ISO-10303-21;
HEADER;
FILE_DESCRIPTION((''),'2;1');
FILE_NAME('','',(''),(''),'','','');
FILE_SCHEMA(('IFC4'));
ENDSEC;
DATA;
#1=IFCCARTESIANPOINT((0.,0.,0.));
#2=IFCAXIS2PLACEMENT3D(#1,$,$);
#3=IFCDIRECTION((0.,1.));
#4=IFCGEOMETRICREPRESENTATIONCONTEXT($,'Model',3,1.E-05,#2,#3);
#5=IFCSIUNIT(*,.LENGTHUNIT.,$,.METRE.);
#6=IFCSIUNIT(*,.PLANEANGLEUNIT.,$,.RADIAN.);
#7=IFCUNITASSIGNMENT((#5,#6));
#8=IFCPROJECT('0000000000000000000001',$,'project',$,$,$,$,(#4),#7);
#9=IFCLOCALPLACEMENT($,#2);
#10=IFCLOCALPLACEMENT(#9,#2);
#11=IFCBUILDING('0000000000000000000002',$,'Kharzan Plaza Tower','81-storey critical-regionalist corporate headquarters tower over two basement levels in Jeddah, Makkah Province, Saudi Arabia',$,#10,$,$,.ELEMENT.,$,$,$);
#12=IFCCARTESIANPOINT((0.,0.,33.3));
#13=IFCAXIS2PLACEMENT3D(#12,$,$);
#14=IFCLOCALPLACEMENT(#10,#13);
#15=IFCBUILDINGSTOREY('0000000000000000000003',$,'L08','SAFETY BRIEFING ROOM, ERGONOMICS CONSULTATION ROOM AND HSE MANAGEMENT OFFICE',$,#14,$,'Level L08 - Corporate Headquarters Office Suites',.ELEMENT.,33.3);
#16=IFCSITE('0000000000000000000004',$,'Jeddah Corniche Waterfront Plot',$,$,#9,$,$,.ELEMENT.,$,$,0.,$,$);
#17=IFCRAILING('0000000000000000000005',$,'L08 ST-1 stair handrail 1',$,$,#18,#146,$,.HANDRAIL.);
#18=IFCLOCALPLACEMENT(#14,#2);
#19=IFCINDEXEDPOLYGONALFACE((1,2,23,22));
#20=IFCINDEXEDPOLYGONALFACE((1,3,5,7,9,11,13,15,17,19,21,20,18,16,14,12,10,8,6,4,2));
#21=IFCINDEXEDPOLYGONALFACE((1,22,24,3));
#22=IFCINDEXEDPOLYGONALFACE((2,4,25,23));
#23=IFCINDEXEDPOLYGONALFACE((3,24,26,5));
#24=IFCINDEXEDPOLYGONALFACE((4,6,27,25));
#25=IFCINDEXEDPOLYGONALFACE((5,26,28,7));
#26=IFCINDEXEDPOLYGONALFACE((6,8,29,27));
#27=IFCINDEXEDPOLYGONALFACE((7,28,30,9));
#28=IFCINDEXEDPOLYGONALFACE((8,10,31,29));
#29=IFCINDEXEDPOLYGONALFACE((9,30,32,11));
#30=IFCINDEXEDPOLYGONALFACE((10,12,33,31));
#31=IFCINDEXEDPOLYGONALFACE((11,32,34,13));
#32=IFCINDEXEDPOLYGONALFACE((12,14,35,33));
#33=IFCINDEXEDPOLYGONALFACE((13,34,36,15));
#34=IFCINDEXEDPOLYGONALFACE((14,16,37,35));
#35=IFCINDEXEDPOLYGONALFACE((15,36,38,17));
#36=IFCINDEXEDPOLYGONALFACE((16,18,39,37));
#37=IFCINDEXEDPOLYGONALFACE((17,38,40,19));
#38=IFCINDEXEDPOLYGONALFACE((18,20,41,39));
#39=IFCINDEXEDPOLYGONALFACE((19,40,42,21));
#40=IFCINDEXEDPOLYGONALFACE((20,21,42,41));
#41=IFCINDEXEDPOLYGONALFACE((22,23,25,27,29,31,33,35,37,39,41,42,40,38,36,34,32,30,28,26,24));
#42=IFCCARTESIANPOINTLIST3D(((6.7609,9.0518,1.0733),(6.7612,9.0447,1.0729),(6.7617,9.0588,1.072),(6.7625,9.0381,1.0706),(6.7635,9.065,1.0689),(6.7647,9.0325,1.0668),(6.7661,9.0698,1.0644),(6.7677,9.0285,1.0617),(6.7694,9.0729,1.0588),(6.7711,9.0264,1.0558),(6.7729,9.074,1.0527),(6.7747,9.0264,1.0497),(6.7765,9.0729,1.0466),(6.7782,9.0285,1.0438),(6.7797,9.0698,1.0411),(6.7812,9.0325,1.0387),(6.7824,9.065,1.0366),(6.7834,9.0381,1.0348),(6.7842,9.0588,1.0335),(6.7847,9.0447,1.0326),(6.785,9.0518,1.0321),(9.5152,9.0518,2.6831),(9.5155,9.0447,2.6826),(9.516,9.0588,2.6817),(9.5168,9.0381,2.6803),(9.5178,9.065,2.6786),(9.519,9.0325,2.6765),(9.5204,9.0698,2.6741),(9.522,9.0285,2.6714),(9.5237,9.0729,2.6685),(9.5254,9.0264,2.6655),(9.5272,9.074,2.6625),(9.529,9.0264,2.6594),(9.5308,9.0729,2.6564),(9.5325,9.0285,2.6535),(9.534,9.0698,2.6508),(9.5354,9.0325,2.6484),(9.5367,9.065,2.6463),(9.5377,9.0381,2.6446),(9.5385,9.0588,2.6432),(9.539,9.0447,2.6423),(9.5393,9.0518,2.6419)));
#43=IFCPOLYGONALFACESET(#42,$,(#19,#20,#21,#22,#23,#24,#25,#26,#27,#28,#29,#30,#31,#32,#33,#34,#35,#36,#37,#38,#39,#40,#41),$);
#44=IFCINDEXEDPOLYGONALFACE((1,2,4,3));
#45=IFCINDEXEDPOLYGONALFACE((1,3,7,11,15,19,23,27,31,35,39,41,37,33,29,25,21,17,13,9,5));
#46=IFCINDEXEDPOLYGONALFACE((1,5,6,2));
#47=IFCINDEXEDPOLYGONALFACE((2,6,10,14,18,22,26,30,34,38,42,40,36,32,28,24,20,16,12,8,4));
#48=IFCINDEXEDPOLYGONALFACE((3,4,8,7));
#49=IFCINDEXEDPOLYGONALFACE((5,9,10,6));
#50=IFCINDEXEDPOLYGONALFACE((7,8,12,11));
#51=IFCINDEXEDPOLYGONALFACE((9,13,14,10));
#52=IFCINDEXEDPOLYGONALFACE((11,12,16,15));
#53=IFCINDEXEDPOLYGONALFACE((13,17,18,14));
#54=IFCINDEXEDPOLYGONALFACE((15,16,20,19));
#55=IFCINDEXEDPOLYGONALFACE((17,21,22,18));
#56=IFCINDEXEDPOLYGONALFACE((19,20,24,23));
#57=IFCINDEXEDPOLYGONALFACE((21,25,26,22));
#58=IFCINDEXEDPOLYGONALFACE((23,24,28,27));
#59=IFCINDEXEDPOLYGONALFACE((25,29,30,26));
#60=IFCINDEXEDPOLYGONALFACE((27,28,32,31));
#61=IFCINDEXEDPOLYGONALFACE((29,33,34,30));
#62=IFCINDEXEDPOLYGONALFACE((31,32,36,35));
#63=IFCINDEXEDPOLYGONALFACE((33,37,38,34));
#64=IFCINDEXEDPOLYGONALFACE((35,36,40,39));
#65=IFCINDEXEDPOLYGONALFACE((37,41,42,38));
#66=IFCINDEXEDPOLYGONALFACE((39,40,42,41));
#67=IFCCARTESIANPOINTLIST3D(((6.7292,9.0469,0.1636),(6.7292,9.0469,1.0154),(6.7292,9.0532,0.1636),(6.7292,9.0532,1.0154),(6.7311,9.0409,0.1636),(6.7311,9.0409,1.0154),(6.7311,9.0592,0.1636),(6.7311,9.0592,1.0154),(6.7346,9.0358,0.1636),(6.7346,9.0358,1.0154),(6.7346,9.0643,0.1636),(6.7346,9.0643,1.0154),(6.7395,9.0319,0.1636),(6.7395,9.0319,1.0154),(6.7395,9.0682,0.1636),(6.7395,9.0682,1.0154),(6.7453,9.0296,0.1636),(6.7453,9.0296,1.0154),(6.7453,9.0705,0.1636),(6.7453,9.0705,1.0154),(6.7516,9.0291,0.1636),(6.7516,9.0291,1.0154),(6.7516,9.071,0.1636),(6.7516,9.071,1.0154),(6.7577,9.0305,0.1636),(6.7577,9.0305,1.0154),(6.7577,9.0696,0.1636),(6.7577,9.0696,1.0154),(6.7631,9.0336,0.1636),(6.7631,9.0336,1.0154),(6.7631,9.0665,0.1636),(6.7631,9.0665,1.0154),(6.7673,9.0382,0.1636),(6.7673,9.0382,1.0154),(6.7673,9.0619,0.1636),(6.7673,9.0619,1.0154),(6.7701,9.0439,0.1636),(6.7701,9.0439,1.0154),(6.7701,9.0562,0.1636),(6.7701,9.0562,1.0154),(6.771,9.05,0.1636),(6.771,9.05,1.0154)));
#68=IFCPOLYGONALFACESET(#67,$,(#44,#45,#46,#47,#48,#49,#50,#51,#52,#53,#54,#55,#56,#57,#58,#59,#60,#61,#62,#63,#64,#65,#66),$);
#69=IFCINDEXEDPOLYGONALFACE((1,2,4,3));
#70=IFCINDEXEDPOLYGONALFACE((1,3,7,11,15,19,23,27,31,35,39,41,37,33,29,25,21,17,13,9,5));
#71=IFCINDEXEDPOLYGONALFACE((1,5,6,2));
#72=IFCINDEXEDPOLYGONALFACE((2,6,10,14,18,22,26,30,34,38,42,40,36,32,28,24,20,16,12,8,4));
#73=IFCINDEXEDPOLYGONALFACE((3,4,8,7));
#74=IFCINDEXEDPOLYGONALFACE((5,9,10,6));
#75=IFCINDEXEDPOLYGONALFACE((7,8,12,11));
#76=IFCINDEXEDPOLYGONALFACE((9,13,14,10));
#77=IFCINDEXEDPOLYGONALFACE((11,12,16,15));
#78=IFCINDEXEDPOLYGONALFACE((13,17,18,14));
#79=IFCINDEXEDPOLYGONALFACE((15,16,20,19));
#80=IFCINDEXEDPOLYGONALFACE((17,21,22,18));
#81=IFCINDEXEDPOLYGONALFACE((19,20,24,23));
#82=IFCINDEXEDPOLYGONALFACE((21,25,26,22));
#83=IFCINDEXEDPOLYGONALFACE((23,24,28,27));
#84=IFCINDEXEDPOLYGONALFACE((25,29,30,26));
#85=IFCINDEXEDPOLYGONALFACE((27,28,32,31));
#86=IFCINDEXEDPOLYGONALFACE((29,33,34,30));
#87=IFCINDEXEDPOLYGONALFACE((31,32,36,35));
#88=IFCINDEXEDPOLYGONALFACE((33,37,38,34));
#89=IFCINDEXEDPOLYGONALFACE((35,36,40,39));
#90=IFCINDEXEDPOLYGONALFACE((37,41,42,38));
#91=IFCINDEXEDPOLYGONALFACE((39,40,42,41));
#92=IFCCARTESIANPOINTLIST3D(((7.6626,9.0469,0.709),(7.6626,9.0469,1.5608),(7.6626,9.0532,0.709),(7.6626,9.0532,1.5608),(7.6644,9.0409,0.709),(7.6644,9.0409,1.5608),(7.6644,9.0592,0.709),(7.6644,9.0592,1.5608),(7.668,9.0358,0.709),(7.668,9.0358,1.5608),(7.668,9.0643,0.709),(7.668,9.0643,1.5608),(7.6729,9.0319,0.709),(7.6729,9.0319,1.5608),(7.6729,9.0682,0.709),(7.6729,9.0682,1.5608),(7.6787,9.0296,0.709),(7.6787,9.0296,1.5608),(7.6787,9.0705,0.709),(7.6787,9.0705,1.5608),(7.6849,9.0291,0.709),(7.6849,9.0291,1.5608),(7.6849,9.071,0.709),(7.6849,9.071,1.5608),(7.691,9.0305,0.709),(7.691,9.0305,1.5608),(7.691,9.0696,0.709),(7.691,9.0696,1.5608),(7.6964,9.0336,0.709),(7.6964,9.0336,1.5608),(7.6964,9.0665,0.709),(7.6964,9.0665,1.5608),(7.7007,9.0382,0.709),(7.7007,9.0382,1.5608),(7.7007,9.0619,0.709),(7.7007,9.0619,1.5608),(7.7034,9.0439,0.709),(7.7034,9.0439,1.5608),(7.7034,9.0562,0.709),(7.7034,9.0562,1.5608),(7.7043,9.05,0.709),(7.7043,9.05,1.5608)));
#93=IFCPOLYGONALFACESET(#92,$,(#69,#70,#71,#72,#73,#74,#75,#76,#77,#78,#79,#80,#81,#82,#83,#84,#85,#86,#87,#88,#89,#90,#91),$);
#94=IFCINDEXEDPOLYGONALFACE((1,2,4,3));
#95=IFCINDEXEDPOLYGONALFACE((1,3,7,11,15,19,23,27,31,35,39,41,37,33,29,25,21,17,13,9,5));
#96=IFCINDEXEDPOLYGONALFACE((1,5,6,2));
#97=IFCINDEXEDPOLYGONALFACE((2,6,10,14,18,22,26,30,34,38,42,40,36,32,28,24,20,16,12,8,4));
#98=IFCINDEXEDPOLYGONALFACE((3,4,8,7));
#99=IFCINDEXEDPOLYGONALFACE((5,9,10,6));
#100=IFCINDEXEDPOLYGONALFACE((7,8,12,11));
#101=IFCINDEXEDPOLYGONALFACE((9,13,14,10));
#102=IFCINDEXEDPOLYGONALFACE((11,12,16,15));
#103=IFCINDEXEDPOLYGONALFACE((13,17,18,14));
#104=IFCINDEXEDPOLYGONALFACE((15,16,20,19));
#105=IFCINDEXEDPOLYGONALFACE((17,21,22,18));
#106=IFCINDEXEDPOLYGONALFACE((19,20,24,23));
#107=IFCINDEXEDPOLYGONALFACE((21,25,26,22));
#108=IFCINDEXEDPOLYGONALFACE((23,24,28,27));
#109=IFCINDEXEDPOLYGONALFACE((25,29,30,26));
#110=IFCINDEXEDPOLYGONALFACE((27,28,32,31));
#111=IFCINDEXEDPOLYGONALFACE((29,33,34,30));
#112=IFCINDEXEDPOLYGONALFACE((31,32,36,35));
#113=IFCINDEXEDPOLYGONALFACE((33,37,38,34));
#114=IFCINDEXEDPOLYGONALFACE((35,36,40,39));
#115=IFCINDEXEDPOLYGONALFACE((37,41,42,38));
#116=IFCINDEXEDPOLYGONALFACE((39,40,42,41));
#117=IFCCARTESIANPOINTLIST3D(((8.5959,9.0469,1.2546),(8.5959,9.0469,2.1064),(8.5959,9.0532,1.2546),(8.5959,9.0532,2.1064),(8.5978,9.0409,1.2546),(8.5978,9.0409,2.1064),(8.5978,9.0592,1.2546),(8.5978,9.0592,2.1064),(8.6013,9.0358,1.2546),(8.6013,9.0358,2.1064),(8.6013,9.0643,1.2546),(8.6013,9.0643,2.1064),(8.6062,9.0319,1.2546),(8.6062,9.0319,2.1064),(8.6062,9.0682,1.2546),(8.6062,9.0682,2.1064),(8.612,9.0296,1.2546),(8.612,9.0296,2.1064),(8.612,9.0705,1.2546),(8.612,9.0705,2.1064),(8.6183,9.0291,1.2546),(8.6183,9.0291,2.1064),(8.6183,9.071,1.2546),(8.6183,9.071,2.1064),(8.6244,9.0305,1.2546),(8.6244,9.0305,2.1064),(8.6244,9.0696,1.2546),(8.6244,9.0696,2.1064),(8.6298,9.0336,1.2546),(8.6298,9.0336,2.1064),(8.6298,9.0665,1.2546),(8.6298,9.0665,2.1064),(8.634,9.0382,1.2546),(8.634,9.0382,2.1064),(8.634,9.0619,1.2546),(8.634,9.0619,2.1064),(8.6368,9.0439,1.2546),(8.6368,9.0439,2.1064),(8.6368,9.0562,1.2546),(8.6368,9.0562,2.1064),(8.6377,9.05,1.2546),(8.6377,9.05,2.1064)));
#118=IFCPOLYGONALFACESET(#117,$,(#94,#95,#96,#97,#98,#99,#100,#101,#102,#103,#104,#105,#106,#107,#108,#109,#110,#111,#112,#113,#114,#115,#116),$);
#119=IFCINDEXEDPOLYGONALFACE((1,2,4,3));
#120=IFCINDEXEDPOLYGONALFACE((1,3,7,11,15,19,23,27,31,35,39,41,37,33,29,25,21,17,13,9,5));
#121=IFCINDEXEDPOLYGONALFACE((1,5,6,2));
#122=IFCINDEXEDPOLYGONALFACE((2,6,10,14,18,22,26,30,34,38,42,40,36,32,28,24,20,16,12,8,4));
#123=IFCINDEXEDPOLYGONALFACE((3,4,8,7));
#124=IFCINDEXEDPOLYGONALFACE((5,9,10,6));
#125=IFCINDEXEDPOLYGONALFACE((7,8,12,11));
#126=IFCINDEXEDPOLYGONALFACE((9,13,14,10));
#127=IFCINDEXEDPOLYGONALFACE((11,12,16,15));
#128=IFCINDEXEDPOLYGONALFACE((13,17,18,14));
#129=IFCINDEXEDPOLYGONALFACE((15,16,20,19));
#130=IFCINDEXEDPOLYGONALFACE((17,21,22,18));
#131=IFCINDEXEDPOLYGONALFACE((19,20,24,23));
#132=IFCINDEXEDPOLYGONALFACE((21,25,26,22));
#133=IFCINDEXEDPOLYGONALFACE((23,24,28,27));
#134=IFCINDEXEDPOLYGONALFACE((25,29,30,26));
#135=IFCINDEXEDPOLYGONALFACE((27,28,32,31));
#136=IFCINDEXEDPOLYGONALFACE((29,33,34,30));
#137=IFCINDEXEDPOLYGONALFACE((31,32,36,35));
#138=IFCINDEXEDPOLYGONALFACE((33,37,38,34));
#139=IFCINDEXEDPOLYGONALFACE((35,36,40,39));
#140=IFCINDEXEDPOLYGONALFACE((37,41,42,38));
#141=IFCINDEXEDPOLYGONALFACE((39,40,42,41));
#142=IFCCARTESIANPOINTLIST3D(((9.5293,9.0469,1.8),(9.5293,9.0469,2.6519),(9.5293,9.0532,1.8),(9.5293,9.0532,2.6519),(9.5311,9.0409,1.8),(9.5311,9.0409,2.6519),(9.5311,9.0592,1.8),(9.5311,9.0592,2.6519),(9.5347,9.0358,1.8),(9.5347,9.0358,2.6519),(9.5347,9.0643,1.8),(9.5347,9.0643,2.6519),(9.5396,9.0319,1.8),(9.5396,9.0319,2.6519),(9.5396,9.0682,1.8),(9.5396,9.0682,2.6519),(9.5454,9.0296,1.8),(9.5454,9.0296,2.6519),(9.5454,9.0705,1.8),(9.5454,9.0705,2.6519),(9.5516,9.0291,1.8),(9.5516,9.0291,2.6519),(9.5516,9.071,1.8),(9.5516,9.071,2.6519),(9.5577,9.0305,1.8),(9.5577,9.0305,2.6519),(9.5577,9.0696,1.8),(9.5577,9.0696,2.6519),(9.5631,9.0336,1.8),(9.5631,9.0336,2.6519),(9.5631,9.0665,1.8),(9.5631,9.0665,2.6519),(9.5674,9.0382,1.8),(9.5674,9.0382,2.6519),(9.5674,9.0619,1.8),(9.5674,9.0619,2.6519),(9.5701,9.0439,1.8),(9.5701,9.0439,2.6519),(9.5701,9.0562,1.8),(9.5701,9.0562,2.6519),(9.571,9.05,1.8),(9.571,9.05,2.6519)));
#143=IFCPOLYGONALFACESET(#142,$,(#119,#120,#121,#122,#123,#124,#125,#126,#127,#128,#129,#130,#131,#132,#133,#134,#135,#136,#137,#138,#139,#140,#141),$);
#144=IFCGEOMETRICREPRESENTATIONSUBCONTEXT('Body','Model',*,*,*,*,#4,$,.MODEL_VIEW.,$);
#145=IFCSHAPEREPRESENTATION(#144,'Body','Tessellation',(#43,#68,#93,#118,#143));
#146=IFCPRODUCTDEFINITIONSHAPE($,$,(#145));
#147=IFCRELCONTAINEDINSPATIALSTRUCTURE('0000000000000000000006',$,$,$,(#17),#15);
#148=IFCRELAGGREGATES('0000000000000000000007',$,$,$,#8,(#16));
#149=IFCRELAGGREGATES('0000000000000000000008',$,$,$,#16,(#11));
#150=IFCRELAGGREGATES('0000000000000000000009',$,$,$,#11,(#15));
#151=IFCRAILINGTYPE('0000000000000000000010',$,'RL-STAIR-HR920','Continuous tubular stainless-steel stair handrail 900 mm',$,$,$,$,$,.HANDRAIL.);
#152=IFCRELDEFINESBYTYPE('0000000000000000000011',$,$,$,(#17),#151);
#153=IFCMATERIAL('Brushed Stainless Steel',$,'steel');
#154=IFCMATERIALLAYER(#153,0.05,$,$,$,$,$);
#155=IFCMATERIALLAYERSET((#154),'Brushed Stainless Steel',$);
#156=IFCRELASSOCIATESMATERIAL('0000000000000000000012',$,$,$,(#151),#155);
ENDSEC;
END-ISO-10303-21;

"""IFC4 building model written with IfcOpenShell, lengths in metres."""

from ifc_helpers import new_model, si_unit, direction, frame, origin, origin_2d, place, context, subcontext, project, spatial, circle, extrude, source, transform, mapped, material, layer, layer_set, type_object, element, save


model = new_model("IFC4")

# Units and contexts
model_context = context("Model", 3, precision=1e-05, world=origin(), true_north=direction((0.0, 1.0)))
body_context = subcontext(model_context, "Body", "Model", "MODEL_VIEW")
ifc_project = project(units=[si_unit("LENGTHUNIT", "METRE"), si_unit("PLANEANGLEUNIT", "RADIAN")], contexts=[model_context])

# Site, building, storey
site_placement = place(None, origin())
site = spatial("IfcSite", under=ifc_project, at=site_placement, Name="Jeddah Corniche Waterfront Plot", CompositionType="ELEMENT", RefElevation=0.0)
building_placement = place(site_placement, origin())
building = spatial("IfcBuilding", under=site, at=building_placement, Name="Kharzan Plaza Tower", Description="81-storey critical-regionalist corporate headquarters tower over two basement levels in Jeddah, Makkah Province, Saudi Arabia", CompositionType="ELEMENT")
storey_placement = place(building_placement, frame((0.0, 0.0, 33.3)))
storey = spatial("IfcBuildingStorey", under=building, at=storey_placement, Name="L08", Description="SAFETY BRIEFING ROOM, ERGONOMICS CONSULTATION ROOM AND HSE MANAGEMENT OFFICE", LongName="Level L08 - Corporate Headquarters Office Suites", CompositionType="ELEMENT", Elevation=33.3)

# Railing
ifc_material_1 = material(Name="Brushed Stainless Steel", Category="steel")
ifc_layer_1 = layer(ifc_material_1, 0.05)
ifc_layer_set_1 = layer_set([ifc_layer_1], Name="Brushed Stainless Steel")
railing_type_1 = type_object("IfcRailingType", Name="RL-STAIR-HR920", Description="Continuous tubular stainless-steel stair handrail 900 mm", PredefinedType="HANDRAIL", material=ifc_layer_set_1)
shared_shape_1 = source(origin(), body_context, "Body", "SweptSolid", [
    extrude(circle(Radius=0.0239, at=origin_2d()), frame((0.0229, 0.0, 0.8892), z_axis=(0.863361, 0.0, 0.504587), x_axis=(0.0, 1.0, 0.0)), (0.0, 0.0, 1.0), 3.1902),
    extrude(circle(Radius=0.021, at=origin_2d()), origin(), (0.0, 0.0, 1.0), 0.8518),
    extrude(circle(Radius=0.021, at=origin_2d()), frame((0.9333, 0.0, 0.5454)), (0.0, 0.0, 1.0), 0.8518),
    extrude(circle(Radius=0.021, at=origin_2d()), frame((1.8667, 0.0, 1.0911)), (0.0, 0.0, 1.0), 0.8518),
    extrude(circle(Radius=0.021, at=origin_2d()), frame((2.8, 0.0, 1.6365)), (0.0, 0.0, 1.0), 0.8518),
])
railing_1_placement = place(storey_placement, frame((6.75, 9.05, 0.1636)))
element("IfcRailing", 1, at=railing_1_placement, inside=storey, type_object=railing_type_1, Name="L08 ST-1 stair handrail 1", PredefinedType="HANDRAIL", context=body_context, shape_type="MappedRepresentation", body=[
    mapped(shared_shape_1, transform((0.0, 0.0, 0.0), x_axis=(1.0, 0.0, 0.0), y_axis=(0.0, 1.0, 0.0), z_axis=(0.0, 0.0, 1.0))),
])

save(model, "model.ifc")
